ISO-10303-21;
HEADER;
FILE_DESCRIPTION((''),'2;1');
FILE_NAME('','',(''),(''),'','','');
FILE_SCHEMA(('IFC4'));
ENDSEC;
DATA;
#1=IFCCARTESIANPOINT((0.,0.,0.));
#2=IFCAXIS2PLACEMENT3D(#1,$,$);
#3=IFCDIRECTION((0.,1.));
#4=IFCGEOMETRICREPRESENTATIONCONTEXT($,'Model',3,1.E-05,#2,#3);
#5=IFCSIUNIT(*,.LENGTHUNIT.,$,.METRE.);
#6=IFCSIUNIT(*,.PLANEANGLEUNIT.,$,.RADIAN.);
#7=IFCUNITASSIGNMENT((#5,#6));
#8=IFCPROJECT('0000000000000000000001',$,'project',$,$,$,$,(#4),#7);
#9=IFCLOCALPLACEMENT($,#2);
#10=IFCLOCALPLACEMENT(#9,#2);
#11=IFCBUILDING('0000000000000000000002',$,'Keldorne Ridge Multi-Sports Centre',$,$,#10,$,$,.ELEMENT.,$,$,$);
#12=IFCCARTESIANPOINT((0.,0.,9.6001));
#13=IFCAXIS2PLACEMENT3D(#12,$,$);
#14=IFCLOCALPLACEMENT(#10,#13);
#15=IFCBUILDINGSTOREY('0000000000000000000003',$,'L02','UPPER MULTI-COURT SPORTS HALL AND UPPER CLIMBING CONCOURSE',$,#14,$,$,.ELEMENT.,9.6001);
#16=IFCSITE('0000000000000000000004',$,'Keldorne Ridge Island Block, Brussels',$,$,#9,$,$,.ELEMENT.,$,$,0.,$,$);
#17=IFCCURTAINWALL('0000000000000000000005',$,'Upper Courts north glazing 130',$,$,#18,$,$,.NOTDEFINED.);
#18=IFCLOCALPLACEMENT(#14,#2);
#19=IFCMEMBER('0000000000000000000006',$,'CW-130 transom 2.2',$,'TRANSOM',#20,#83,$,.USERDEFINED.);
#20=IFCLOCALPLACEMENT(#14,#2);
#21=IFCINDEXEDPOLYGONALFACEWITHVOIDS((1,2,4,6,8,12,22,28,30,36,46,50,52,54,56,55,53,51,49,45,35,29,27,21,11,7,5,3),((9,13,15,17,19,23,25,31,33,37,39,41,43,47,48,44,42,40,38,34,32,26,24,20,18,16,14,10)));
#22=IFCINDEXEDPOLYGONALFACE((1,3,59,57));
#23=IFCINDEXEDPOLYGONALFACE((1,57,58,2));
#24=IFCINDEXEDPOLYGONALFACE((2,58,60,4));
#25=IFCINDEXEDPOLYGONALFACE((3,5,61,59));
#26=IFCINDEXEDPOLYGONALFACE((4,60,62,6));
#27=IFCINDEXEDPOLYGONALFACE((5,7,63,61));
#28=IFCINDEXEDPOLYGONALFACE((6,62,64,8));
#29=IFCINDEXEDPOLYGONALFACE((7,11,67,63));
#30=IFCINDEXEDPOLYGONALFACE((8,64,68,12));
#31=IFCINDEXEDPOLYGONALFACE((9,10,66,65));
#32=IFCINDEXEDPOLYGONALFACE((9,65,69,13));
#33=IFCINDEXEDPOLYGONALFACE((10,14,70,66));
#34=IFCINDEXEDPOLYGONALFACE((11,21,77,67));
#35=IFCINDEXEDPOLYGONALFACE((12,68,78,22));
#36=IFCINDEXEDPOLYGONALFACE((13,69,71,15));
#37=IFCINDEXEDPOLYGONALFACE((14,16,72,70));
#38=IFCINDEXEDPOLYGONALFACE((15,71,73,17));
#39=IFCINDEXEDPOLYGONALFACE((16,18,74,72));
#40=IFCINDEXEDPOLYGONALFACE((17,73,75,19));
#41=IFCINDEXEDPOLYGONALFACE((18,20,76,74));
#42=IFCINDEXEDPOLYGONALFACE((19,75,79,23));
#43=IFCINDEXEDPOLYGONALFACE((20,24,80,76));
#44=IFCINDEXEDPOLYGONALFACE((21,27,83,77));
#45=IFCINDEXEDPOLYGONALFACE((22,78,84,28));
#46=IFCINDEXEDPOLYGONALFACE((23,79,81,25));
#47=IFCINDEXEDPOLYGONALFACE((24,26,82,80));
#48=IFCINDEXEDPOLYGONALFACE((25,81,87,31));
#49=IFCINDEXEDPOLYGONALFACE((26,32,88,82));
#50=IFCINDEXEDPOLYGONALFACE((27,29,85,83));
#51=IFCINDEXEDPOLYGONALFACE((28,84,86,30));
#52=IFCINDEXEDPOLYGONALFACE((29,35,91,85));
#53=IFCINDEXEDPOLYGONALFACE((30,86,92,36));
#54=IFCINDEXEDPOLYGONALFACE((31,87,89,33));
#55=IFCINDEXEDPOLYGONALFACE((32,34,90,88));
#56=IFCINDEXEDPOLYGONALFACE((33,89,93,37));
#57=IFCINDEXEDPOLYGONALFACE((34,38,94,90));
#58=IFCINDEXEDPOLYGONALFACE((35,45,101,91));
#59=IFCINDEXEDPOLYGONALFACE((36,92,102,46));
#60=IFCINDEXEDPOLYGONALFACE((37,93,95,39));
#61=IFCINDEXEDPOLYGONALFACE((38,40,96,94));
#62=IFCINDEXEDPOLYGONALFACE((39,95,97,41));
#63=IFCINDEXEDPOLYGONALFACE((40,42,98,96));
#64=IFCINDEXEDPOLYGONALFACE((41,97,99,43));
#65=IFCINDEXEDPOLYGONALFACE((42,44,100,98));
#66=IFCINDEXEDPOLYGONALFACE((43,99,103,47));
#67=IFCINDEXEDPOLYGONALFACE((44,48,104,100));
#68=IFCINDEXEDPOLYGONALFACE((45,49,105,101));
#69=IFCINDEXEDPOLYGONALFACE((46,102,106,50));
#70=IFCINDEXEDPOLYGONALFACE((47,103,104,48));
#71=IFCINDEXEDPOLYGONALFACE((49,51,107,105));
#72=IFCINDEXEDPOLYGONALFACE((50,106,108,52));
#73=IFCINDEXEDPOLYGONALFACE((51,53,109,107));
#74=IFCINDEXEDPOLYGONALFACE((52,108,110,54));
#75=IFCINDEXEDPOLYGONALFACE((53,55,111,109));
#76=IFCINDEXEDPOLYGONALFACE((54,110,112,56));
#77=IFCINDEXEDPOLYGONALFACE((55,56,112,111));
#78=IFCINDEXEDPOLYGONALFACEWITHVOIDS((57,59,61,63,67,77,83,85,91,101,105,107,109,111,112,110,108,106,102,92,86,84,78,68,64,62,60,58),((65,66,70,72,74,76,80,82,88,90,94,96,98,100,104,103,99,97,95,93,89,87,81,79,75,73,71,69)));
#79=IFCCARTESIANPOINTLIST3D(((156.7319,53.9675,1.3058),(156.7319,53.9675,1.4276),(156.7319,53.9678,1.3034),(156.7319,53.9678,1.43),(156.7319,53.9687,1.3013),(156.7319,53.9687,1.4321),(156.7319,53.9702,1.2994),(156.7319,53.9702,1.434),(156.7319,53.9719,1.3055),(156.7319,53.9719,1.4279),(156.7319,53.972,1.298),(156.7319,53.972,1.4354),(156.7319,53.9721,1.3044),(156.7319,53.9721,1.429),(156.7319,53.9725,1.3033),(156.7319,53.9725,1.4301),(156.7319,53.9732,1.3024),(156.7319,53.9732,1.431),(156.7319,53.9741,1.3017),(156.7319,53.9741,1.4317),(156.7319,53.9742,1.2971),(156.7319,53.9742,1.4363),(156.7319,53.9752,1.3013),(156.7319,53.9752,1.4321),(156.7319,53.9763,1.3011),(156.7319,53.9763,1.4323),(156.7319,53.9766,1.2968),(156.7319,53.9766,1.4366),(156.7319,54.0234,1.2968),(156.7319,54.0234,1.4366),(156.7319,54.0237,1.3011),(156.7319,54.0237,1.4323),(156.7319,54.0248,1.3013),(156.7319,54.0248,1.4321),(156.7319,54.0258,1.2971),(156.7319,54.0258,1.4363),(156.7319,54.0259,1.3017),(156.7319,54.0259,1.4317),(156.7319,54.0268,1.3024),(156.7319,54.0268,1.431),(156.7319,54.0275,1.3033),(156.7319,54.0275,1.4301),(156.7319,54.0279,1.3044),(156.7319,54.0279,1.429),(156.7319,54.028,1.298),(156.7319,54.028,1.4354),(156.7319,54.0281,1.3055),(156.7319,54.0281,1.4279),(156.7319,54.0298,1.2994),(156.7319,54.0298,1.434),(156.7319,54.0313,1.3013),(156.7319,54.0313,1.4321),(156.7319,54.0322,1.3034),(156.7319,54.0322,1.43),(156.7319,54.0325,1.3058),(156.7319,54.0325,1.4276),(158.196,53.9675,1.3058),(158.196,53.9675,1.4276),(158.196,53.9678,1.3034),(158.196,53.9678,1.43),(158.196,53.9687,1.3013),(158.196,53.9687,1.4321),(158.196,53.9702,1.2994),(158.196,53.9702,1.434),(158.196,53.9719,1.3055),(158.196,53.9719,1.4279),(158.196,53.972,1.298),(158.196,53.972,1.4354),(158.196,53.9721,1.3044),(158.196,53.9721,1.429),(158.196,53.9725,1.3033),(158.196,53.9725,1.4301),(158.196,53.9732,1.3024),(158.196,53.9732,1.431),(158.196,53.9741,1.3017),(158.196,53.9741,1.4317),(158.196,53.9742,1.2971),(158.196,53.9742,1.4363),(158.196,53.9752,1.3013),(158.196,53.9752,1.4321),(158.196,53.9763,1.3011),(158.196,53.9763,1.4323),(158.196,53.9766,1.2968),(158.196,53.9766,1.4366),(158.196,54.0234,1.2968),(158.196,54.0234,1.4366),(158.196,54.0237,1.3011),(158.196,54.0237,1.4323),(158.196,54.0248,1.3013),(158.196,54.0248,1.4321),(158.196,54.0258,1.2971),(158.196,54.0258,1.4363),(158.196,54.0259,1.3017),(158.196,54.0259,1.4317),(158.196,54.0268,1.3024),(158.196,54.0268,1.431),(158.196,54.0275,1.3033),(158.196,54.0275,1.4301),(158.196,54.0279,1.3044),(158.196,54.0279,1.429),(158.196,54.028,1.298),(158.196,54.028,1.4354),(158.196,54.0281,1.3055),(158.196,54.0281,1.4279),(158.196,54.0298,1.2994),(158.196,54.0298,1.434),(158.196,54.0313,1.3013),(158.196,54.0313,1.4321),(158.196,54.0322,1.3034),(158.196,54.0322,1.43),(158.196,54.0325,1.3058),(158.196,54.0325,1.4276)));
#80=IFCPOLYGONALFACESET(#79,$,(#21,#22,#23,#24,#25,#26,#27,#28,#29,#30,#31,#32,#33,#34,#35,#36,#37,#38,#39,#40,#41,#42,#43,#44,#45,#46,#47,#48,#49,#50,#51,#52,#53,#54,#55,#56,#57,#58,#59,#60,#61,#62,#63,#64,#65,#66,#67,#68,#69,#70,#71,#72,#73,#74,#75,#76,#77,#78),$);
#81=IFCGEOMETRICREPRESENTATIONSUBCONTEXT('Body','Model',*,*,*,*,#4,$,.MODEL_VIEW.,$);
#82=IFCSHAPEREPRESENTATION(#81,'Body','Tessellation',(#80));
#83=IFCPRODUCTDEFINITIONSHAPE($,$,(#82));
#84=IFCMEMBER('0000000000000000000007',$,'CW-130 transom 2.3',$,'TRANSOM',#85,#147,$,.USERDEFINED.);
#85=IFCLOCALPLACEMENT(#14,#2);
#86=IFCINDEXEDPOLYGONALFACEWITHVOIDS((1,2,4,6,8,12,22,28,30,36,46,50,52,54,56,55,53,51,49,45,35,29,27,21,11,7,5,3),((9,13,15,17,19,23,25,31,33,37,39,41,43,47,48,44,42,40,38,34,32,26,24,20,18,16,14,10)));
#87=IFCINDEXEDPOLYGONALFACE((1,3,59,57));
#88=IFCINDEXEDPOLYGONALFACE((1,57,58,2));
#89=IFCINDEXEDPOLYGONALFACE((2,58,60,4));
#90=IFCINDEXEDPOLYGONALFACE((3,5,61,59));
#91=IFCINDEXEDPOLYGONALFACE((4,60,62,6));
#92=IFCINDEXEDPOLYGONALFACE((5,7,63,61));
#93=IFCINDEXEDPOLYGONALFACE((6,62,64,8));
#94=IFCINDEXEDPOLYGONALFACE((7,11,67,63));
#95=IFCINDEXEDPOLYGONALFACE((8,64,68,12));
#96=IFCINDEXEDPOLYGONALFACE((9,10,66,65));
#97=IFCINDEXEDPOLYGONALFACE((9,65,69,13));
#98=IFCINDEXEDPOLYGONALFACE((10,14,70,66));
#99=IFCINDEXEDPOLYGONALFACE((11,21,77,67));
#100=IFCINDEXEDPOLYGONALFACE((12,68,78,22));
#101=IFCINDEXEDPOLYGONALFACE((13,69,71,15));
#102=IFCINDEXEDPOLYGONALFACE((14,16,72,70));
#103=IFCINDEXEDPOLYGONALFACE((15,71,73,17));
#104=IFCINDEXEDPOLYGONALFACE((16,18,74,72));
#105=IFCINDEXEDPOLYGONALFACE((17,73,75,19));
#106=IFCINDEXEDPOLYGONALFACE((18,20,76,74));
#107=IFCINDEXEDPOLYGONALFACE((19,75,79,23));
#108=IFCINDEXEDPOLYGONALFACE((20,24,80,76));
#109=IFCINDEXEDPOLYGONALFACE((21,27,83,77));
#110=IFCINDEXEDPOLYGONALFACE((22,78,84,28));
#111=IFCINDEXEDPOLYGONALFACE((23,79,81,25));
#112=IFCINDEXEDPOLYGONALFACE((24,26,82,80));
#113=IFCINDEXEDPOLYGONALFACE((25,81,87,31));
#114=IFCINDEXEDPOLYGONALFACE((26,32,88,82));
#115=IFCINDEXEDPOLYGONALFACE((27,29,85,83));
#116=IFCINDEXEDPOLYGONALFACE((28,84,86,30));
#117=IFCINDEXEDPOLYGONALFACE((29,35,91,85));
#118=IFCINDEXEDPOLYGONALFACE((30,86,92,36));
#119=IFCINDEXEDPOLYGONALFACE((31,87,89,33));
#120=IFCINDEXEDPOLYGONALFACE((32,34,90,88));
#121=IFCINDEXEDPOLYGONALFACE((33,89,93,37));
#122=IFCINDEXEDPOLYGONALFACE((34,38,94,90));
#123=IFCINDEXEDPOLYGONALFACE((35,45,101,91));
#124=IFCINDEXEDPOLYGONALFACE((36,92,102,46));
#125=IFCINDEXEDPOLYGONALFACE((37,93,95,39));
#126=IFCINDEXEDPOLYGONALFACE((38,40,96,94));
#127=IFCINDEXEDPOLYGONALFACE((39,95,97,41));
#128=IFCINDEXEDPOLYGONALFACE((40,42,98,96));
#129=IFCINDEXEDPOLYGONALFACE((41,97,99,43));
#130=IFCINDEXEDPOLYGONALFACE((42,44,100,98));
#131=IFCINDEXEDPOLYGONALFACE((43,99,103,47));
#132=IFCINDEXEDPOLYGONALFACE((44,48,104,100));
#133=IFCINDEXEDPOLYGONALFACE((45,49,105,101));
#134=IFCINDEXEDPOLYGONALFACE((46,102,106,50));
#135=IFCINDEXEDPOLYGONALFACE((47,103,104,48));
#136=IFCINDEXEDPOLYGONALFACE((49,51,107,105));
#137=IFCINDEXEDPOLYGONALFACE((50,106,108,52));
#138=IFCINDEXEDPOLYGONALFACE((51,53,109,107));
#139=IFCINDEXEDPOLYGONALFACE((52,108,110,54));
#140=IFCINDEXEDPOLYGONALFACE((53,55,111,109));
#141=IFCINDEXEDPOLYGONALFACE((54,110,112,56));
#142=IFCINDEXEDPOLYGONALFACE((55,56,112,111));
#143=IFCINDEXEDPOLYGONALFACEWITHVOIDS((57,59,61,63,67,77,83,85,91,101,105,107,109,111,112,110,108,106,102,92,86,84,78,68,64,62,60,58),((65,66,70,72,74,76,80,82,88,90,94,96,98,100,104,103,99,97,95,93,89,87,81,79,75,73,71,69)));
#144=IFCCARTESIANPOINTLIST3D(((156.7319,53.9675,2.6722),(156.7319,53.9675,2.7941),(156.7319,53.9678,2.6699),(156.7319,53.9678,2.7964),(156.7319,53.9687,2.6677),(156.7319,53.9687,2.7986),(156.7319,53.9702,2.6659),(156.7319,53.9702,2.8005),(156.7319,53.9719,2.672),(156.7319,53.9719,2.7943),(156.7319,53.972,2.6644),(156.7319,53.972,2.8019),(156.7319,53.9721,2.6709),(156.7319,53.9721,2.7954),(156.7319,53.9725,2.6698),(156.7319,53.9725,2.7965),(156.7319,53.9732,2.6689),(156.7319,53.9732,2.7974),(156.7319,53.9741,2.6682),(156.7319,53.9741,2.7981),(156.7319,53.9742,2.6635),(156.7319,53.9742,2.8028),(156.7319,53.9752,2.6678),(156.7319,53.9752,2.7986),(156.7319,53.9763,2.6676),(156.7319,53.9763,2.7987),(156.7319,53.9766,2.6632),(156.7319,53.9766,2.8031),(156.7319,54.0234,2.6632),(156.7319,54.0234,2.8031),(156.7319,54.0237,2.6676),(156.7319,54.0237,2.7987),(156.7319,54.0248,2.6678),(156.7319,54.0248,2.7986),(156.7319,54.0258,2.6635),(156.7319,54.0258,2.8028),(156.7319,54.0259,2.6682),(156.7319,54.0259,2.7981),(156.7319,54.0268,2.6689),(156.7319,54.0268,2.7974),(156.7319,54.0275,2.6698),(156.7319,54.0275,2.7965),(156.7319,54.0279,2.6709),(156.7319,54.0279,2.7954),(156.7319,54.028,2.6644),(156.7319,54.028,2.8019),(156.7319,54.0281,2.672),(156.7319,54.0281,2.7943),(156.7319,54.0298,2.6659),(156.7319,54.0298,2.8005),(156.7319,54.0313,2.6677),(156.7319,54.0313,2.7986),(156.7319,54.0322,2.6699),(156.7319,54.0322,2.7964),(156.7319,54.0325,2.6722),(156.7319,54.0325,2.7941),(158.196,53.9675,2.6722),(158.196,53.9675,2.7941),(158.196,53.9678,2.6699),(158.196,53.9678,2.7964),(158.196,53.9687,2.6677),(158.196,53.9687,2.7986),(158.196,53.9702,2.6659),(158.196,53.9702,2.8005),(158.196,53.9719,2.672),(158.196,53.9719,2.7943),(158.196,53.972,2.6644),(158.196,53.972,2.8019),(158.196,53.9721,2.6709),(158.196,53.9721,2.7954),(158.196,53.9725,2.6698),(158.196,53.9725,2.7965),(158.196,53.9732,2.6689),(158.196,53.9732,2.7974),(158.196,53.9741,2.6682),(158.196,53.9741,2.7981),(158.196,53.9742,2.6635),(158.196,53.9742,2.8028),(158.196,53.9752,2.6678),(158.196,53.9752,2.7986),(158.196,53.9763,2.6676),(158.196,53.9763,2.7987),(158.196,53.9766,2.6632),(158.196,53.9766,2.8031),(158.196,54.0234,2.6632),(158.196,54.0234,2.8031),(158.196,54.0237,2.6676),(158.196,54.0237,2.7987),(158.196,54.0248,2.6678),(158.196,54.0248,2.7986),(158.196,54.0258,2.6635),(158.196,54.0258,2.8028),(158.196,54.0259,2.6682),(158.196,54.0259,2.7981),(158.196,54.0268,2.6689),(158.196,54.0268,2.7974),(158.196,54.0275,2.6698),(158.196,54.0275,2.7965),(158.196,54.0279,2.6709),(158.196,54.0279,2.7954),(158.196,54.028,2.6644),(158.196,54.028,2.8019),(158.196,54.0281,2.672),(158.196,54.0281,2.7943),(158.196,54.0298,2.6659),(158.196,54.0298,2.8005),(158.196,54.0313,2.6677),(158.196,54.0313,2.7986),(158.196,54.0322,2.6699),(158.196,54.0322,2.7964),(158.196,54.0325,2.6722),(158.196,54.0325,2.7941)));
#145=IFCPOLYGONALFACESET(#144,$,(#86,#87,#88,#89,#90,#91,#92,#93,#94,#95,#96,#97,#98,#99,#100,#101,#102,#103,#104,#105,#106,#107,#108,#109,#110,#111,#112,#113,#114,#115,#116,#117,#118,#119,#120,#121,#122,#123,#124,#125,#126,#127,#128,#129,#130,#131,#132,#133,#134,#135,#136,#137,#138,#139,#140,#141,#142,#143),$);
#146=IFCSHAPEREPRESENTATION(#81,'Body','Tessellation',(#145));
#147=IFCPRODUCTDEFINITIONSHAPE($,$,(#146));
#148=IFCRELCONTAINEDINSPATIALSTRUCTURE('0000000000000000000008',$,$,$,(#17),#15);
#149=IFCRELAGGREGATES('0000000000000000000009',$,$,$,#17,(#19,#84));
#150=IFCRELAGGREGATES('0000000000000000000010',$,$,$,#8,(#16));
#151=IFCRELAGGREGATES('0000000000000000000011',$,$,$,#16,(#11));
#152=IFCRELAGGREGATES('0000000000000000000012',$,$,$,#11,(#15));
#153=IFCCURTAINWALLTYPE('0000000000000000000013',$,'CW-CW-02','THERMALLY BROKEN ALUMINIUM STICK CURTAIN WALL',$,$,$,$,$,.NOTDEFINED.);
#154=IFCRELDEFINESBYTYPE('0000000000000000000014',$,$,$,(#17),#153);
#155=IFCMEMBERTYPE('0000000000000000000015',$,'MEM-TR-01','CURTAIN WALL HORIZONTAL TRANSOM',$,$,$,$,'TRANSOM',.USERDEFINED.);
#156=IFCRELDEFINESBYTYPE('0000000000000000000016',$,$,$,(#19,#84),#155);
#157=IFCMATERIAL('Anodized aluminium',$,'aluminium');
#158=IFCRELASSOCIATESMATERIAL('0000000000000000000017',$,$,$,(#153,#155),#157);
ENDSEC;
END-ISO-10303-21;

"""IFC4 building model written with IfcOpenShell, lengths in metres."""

from ifc_helpers import new_model, si_unit, direction, frame, origin, origin_2d, place, context, subcontext, project, spatial, hollow_rectangle, extrude, material, material_profile, profile_set, type_object, element, aggregate, save


model = new_model("IFC4")

# Units and contexts
model_context = context("Model", 3, precision=1e-05, world=origin(), true_north=direction((0.0, 1.0)))
body_context = subcontext(model_context, "Body", "Model", "MODEL_VIEW")
ifc_project = project(units=[si_unit("LENGTHUNIT", "METRE"), si_unit("PLANEANGLEUNIT", "RADIAN")], contexts=[model_context])

# Site, building, storey
site_placement = place(None, origin())
site = spatial("IfcSite", under=ifc_project, at=site_placement, Name="Keldorne Ridge Island Block, Brussels", CompositionType="ELEMENT", RefElevation=0.0)
building_placement = place(site_placement, origin())
building = spatial("IfcBuilding", under=site, at=building_placement, Name="Keldorne Ridge Multi-Sports Centre", CompositionType="ELEMENT")
storey_placement = place(building_placement, frame((0.0, 0.0, 9.6001)))
storey = spatial("IfcBuildingStorey", under=building, at=storey_placement, Name="L02", Description="UPPER MULTI-COURT SPORTS HALL AND UPPER CLIMBING CONCOURSE", CompositionType="ELEMENT", Elevation=9.6001)

# Curtain wall, members
ifc_material_1 = material(Name="Anodized aluminium", Category="aluminium")
curtain_wall_type = type_object("IfcCurtainWallType", Name="CW-CW-02", Description="THERMALLY BROKEN ALUMINIUM STICK CURTAIN WALL", PredefinedType="NOTDEFINED", material=ifc_material_1)
curtain_wall_placement = place(storey_placement, origin())
curtain_wall = element("IfcCurtainWall", 1, at=curtain_wall_placement, inside=storey, type_object=curtain_wall_type, Name="Upper Courts north glazing 130", PredefinedType="NOTDEFINED")
ifc_material_profile_1 = material_profile(ifc_material_1, hollow_rectangle(XDim=0.0649, YDim=0.1399, WallThickness=0.0044, InnerFilletRadius=0.0044, OuterFilletRadius=0.009, at=origin_2d()), Name="ALU TRANSOM 140x65x4.5")
ifc_profile_set_1 = profile_set([ifc_material_profile_1], Name="Anodized aluminium")
member_type_1 = type_object("IfcMemberType", Name="MEM-TR-01", Description="CURTAIN WALL HORIZONTAL TRANSOM", ElementType="TRANSOM", PredefinedType="USERDEFINED", material=ifc_profile_set_1)
member_1_placement = place(storey_placement, frame((158.196, 54.0, 1.3667), z_axis=(-1.0, 0.0, 0.0), x_axis=(0.0, -1.0, 0.0)))
member_1 = element("IfcMember", 2, at=member_1_placement, type_object=member_type_1, Name="CW-130 transom 2.2", ObjectType="TRANSOM", PredefinedType="USERDEFINED", context=body_context, shape_type="SweptSolid", body=[
    extrude(hollow_rectangle(XDim=0.0649, YDim=0.1399, WallThickness=0.0044, InnerFilletRadius=0.0044, OuterFilletRadius=0.009, at=origin_2d()), origin(), (0.0, 0.0, 1.0), 1.4641),
])
member_2_placement = place(storey_placement, frame((158.196, 54.0, 2.7332), z_axis=(-1.0, 0.0, 0.0), x_axis=(0.0, -1.0, 0.0)))
member_2 = element("IfcMember", 3, at=member_2_placement, type_object=member_type_1, Name="CW-130 transom 2.3", ObjectType="TRANSOM", PredefinedType="USERDEFINED", context=body_context, shape_type="SweptSolid", body=[
    extrude(hollow_rectangle(XDim=0.0649, YDim=0.1399, WallThickness=0.0044, InnerFilletRadius=0.0044, OuterFilletRadius=0.009, at=origin_2d()), origin(), (0.0, 0.0, 1.0), 1.4641),
])
aggregate(curtain_wall, [member_1, member_2])

save(model, "model.ifc")
